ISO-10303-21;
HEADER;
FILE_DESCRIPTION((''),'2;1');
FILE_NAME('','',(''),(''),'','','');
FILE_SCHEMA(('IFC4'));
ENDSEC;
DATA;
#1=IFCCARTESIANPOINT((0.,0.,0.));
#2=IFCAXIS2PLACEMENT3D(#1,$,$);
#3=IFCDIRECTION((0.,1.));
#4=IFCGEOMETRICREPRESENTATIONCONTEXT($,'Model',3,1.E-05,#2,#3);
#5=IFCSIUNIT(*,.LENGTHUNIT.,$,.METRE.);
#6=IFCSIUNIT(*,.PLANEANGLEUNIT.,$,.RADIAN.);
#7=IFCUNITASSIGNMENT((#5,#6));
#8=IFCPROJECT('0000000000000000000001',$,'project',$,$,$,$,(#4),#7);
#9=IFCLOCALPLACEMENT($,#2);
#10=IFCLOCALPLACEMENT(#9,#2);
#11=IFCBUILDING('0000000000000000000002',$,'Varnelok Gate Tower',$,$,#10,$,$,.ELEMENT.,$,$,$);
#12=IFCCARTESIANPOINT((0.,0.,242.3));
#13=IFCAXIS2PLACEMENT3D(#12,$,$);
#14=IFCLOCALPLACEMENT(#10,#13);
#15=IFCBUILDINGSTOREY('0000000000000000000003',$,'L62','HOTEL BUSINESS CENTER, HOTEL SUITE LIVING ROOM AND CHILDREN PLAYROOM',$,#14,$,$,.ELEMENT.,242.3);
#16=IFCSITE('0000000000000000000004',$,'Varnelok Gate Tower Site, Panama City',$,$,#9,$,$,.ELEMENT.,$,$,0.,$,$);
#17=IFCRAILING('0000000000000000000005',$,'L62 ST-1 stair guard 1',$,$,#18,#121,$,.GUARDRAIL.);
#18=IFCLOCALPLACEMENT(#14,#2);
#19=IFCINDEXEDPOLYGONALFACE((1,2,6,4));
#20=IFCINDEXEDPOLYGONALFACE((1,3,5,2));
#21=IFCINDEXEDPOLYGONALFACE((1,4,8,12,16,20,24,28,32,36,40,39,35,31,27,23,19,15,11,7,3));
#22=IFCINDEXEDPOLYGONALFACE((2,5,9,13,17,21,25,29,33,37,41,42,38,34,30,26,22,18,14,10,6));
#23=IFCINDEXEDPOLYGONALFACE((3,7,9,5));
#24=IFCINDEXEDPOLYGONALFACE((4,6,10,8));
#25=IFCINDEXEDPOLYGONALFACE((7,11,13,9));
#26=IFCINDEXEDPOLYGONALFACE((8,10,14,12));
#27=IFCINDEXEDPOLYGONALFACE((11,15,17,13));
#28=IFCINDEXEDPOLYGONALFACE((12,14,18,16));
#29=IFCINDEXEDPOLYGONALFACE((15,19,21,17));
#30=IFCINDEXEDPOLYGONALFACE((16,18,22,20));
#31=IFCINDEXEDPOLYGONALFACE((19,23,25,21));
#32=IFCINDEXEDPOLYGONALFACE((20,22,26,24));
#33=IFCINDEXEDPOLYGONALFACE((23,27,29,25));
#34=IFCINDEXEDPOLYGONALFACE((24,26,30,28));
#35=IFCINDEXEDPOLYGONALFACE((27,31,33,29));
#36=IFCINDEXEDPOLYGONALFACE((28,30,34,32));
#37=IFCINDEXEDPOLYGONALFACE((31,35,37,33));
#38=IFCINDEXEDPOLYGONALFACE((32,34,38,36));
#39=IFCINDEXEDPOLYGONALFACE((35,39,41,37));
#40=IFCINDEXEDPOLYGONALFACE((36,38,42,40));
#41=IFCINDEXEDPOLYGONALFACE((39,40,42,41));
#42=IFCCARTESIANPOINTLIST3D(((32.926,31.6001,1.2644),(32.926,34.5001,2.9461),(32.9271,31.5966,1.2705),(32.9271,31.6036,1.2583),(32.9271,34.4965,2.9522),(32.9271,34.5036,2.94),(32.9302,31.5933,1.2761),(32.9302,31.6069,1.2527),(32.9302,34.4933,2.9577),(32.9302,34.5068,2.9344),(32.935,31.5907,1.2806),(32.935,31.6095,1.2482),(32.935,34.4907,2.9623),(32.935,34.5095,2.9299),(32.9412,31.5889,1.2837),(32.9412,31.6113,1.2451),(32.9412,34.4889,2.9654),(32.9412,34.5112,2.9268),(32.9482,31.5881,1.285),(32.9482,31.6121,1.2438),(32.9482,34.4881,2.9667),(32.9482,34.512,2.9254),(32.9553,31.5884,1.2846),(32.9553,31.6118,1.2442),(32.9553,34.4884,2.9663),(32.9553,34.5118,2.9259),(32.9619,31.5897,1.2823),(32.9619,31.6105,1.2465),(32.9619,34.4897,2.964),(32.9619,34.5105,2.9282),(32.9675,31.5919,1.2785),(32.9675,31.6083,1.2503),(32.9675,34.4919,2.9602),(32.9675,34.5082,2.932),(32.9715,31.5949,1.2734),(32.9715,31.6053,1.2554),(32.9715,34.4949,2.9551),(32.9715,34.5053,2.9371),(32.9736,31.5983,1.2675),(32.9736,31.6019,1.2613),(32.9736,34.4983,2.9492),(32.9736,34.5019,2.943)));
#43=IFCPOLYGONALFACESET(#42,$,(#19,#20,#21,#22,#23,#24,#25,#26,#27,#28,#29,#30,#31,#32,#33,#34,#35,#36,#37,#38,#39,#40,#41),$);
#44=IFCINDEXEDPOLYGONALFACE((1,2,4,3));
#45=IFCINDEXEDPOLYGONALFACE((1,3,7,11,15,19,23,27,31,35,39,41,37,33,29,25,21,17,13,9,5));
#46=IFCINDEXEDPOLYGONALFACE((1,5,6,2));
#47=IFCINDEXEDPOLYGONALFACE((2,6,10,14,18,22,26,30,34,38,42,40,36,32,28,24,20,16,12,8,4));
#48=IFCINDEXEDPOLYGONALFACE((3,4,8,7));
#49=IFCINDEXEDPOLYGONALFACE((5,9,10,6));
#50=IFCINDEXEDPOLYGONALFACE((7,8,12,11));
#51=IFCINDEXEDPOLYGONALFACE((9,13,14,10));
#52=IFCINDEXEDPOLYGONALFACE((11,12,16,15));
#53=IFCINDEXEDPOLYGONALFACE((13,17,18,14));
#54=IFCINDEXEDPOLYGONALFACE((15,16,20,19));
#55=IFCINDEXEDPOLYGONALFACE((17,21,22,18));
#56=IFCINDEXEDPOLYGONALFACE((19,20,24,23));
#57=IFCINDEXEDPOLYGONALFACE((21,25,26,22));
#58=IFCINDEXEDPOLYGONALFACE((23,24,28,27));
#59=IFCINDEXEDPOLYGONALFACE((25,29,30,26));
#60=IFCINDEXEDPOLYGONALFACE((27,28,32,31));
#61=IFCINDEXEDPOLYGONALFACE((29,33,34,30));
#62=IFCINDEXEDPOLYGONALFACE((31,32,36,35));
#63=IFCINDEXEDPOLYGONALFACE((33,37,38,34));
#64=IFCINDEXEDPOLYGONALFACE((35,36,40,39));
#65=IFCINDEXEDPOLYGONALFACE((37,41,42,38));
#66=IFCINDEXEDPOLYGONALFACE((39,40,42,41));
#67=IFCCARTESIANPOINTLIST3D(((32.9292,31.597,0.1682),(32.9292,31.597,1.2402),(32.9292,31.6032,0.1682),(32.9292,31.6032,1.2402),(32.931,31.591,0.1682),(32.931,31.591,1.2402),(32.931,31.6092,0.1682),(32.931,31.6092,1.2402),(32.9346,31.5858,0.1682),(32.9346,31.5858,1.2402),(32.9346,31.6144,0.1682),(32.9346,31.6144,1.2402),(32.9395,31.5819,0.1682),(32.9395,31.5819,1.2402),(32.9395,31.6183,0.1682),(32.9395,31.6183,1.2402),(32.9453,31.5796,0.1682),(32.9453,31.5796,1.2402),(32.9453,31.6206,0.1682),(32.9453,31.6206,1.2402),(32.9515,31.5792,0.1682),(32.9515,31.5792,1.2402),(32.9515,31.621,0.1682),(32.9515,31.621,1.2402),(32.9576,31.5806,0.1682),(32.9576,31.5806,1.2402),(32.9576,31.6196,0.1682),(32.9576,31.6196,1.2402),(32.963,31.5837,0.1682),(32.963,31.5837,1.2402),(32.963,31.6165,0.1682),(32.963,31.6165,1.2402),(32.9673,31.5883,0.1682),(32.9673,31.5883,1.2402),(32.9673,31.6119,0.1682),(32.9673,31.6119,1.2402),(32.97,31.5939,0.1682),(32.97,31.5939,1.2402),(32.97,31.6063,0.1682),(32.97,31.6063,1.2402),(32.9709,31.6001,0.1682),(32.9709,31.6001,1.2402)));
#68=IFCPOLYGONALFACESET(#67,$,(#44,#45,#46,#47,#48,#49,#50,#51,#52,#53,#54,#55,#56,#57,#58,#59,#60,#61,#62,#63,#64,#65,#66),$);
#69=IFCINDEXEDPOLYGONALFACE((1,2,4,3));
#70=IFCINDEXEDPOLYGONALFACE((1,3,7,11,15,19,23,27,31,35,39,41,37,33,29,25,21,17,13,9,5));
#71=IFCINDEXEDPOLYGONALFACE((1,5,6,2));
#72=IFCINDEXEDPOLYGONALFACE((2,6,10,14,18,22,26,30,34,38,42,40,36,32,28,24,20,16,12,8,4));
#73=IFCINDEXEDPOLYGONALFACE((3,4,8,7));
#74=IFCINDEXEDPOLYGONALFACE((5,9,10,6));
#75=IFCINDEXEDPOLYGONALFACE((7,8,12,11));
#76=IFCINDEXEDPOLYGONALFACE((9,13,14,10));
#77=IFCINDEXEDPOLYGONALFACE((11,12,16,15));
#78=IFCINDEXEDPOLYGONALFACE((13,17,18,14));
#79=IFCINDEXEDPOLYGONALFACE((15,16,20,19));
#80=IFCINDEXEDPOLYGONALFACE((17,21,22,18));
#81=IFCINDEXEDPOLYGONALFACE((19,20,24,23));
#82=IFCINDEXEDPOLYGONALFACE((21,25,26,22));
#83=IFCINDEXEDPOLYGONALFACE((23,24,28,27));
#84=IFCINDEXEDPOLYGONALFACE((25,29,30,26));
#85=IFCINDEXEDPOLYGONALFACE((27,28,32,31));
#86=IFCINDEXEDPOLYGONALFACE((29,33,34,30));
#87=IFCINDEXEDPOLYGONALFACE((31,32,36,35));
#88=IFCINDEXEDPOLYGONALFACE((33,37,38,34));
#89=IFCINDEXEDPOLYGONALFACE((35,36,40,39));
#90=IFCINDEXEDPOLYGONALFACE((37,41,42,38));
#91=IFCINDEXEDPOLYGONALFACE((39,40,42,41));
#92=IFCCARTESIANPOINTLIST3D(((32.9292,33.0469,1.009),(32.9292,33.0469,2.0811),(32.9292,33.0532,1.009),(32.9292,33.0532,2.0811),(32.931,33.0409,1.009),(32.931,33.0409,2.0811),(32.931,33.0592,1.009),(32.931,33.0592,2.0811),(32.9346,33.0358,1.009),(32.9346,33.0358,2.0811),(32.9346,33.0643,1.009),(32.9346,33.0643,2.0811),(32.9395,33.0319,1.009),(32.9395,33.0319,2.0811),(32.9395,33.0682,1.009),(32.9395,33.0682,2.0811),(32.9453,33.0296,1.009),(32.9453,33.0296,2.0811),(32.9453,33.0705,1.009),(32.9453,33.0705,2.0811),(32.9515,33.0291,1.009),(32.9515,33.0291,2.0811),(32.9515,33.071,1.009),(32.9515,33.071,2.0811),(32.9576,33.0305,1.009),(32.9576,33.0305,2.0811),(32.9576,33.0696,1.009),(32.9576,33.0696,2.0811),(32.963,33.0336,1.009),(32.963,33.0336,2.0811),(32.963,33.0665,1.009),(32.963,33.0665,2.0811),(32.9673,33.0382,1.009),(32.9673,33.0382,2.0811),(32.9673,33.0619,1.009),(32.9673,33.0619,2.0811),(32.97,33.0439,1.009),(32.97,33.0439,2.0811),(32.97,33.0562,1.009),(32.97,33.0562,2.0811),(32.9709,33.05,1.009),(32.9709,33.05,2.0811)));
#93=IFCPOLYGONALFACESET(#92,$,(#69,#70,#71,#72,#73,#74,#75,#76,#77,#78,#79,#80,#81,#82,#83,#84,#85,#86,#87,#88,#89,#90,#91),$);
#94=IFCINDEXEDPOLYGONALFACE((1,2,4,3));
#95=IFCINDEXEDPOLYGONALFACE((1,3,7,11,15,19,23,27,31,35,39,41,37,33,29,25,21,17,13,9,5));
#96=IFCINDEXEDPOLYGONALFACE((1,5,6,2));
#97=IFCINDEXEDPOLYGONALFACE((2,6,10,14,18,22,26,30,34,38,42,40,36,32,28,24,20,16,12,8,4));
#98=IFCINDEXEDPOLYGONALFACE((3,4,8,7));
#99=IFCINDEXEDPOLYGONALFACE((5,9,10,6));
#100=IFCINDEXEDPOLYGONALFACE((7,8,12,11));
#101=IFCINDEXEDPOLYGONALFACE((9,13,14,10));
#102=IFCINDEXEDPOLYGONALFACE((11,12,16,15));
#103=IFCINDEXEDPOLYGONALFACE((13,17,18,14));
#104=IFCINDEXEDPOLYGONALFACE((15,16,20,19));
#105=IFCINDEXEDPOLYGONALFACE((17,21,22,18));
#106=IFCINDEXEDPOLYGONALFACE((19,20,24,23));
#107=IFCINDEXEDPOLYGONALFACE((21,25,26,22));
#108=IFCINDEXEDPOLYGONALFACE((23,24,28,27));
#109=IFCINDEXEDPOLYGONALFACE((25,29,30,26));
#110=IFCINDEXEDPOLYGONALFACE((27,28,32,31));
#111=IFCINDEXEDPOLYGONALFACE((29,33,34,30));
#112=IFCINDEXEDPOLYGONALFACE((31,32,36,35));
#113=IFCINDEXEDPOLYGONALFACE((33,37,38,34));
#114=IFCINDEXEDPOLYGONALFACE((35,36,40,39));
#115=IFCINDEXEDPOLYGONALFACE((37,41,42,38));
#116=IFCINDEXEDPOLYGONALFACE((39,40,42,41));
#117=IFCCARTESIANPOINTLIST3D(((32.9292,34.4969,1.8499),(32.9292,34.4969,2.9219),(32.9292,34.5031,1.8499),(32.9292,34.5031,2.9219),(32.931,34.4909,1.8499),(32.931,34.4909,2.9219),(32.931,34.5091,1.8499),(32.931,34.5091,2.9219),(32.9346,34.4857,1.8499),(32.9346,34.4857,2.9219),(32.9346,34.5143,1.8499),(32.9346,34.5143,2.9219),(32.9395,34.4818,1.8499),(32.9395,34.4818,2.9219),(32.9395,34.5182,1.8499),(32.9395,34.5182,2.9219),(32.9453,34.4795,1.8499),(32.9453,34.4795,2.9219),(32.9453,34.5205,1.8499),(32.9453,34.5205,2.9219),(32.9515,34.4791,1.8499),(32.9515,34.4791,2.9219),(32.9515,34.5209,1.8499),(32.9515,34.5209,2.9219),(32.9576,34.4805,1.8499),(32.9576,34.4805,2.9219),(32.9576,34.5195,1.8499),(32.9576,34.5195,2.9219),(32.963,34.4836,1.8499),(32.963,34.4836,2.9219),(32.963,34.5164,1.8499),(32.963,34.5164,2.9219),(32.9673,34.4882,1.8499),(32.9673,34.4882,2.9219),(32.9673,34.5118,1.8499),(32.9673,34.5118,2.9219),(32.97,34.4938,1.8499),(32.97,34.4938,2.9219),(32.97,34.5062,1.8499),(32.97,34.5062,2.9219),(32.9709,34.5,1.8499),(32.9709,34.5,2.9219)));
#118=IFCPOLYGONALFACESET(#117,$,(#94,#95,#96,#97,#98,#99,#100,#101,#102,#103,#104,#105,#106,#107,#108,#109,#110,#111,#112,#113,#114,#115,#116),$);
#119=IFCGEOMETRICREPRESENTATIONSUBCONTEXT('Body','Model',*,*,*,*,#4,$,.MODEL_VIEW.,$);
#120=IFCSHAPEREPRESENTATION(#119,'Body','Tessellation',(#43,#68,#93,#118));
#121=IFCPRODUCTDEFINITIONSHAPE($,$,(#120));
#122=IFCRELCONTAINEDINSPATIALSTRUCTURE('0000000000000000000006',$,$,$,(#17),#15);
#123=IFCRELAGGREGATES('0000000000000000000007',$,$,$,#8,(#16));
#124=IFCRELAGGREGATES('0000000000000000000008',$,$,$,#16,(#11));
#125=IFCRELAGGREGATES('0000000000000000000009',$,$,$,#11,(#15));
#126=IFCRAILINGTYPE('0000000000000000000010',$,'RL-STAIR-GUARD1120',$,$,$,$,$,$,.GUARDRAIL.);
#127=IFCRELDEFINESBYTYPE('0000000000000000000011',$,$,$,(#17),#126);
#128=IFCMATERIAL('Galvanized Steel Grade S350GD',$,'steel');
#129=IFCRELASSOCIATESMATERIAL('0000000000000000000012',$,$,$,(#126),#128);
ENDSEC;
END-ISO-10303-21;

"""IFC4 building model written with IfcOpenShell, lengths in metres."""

from ifc_helpers import new_model, si_unit, direction, frame, origin, origin_2d, place, context, subcontext, project, spatial, circle, extrude, material, type_object, element, save


model = new_model("IFC4")

# Units and contexts
model_context = context("Model", 3, precision=1e-05, world=origin(), true_north=direction((0.0, 1.0)))
body_context = subcontext(model_context, "Body", "Model", "MODEL_VIEW")
ifc_project = project(units=[si_unit("LENGTHUNIT", "METRE"), si_unit("PLANEANGLEUNIT", "RADIAN")], contexts=[model_context])

# Site, building, storey
site_placement = place(None, origin())
site = spatial("IfcSite", under=ifc_project, at=site_placement, Name="Varnelok Gate Tower Site, Panama City", CompositionType="ELEMENT", RefElevation=0.0)
building_placement = place(site_placement, origin())
building = spatial("IfcBuilding", under=site, at=building_placement, Name="Varnelok Gate Tower", CompositionType="ELEMENT")
storey_placement = place(building_placement, frame((0.0, 0.0, 242.3)))
storey = spatial("IfcBuildingStorey", under=building, at=storey_placement, Name="L62", Description="HOTEL BUSINESS CENTER, HOTEL SUITE LIVING ROOM AND CHILDREN PLAYROOM", CompositionType="ELEMENT", Elevation=242.3)

# Shared definitions
ifc_material_1 = material(Name="Galvanized Steel Grade S350GD", Category="steel")

# Railing
railing_type_1 = type_object("IfcRailingType", Name="RL-STAIR-GUARD1120", PredefinedType="GUARDRAIL", material=ifc_material_1)
railing_1_placement = place(storey_placement, frame((32.95, 31.6001, 0.1682)))
element("IfcRailing", 1, at=railing_1_placement, inside=storey, type_object=railing_type_1, Name="L62 ST-1 stair guard 1", PredefinedType="GUARDRAIL", context=body_context, shape_type="SweptSolid", body=[
    extrude(circle(Radius=0.0239, at=origin_2d()), frame((0.0, 0.0, 1.0962), z_axis=(0.0, 0.86507, 0.501651), x_axis=(-1.0, 0.0, 0.0)), (0.0, 0.0, 1.0), 3.3523),
    extrude(circle(Radius=0.021, at=origin_2d()), origin(), (0.0, 0.0, 1.0), 1.072),
    extrude(circle(Radius=0.021, at=origin_2d()), frame((0.0, 1.45, 0.8408)), (0.0, 0.0, 1.0), 1.072),
    extrude(circle(Radius=0.021, at=origin_2d()), frame((0.0, 2.8999, 1.6816)), (0.0, 0.0, 1.0), 1.072),
])

save(model, "model.ifc")
